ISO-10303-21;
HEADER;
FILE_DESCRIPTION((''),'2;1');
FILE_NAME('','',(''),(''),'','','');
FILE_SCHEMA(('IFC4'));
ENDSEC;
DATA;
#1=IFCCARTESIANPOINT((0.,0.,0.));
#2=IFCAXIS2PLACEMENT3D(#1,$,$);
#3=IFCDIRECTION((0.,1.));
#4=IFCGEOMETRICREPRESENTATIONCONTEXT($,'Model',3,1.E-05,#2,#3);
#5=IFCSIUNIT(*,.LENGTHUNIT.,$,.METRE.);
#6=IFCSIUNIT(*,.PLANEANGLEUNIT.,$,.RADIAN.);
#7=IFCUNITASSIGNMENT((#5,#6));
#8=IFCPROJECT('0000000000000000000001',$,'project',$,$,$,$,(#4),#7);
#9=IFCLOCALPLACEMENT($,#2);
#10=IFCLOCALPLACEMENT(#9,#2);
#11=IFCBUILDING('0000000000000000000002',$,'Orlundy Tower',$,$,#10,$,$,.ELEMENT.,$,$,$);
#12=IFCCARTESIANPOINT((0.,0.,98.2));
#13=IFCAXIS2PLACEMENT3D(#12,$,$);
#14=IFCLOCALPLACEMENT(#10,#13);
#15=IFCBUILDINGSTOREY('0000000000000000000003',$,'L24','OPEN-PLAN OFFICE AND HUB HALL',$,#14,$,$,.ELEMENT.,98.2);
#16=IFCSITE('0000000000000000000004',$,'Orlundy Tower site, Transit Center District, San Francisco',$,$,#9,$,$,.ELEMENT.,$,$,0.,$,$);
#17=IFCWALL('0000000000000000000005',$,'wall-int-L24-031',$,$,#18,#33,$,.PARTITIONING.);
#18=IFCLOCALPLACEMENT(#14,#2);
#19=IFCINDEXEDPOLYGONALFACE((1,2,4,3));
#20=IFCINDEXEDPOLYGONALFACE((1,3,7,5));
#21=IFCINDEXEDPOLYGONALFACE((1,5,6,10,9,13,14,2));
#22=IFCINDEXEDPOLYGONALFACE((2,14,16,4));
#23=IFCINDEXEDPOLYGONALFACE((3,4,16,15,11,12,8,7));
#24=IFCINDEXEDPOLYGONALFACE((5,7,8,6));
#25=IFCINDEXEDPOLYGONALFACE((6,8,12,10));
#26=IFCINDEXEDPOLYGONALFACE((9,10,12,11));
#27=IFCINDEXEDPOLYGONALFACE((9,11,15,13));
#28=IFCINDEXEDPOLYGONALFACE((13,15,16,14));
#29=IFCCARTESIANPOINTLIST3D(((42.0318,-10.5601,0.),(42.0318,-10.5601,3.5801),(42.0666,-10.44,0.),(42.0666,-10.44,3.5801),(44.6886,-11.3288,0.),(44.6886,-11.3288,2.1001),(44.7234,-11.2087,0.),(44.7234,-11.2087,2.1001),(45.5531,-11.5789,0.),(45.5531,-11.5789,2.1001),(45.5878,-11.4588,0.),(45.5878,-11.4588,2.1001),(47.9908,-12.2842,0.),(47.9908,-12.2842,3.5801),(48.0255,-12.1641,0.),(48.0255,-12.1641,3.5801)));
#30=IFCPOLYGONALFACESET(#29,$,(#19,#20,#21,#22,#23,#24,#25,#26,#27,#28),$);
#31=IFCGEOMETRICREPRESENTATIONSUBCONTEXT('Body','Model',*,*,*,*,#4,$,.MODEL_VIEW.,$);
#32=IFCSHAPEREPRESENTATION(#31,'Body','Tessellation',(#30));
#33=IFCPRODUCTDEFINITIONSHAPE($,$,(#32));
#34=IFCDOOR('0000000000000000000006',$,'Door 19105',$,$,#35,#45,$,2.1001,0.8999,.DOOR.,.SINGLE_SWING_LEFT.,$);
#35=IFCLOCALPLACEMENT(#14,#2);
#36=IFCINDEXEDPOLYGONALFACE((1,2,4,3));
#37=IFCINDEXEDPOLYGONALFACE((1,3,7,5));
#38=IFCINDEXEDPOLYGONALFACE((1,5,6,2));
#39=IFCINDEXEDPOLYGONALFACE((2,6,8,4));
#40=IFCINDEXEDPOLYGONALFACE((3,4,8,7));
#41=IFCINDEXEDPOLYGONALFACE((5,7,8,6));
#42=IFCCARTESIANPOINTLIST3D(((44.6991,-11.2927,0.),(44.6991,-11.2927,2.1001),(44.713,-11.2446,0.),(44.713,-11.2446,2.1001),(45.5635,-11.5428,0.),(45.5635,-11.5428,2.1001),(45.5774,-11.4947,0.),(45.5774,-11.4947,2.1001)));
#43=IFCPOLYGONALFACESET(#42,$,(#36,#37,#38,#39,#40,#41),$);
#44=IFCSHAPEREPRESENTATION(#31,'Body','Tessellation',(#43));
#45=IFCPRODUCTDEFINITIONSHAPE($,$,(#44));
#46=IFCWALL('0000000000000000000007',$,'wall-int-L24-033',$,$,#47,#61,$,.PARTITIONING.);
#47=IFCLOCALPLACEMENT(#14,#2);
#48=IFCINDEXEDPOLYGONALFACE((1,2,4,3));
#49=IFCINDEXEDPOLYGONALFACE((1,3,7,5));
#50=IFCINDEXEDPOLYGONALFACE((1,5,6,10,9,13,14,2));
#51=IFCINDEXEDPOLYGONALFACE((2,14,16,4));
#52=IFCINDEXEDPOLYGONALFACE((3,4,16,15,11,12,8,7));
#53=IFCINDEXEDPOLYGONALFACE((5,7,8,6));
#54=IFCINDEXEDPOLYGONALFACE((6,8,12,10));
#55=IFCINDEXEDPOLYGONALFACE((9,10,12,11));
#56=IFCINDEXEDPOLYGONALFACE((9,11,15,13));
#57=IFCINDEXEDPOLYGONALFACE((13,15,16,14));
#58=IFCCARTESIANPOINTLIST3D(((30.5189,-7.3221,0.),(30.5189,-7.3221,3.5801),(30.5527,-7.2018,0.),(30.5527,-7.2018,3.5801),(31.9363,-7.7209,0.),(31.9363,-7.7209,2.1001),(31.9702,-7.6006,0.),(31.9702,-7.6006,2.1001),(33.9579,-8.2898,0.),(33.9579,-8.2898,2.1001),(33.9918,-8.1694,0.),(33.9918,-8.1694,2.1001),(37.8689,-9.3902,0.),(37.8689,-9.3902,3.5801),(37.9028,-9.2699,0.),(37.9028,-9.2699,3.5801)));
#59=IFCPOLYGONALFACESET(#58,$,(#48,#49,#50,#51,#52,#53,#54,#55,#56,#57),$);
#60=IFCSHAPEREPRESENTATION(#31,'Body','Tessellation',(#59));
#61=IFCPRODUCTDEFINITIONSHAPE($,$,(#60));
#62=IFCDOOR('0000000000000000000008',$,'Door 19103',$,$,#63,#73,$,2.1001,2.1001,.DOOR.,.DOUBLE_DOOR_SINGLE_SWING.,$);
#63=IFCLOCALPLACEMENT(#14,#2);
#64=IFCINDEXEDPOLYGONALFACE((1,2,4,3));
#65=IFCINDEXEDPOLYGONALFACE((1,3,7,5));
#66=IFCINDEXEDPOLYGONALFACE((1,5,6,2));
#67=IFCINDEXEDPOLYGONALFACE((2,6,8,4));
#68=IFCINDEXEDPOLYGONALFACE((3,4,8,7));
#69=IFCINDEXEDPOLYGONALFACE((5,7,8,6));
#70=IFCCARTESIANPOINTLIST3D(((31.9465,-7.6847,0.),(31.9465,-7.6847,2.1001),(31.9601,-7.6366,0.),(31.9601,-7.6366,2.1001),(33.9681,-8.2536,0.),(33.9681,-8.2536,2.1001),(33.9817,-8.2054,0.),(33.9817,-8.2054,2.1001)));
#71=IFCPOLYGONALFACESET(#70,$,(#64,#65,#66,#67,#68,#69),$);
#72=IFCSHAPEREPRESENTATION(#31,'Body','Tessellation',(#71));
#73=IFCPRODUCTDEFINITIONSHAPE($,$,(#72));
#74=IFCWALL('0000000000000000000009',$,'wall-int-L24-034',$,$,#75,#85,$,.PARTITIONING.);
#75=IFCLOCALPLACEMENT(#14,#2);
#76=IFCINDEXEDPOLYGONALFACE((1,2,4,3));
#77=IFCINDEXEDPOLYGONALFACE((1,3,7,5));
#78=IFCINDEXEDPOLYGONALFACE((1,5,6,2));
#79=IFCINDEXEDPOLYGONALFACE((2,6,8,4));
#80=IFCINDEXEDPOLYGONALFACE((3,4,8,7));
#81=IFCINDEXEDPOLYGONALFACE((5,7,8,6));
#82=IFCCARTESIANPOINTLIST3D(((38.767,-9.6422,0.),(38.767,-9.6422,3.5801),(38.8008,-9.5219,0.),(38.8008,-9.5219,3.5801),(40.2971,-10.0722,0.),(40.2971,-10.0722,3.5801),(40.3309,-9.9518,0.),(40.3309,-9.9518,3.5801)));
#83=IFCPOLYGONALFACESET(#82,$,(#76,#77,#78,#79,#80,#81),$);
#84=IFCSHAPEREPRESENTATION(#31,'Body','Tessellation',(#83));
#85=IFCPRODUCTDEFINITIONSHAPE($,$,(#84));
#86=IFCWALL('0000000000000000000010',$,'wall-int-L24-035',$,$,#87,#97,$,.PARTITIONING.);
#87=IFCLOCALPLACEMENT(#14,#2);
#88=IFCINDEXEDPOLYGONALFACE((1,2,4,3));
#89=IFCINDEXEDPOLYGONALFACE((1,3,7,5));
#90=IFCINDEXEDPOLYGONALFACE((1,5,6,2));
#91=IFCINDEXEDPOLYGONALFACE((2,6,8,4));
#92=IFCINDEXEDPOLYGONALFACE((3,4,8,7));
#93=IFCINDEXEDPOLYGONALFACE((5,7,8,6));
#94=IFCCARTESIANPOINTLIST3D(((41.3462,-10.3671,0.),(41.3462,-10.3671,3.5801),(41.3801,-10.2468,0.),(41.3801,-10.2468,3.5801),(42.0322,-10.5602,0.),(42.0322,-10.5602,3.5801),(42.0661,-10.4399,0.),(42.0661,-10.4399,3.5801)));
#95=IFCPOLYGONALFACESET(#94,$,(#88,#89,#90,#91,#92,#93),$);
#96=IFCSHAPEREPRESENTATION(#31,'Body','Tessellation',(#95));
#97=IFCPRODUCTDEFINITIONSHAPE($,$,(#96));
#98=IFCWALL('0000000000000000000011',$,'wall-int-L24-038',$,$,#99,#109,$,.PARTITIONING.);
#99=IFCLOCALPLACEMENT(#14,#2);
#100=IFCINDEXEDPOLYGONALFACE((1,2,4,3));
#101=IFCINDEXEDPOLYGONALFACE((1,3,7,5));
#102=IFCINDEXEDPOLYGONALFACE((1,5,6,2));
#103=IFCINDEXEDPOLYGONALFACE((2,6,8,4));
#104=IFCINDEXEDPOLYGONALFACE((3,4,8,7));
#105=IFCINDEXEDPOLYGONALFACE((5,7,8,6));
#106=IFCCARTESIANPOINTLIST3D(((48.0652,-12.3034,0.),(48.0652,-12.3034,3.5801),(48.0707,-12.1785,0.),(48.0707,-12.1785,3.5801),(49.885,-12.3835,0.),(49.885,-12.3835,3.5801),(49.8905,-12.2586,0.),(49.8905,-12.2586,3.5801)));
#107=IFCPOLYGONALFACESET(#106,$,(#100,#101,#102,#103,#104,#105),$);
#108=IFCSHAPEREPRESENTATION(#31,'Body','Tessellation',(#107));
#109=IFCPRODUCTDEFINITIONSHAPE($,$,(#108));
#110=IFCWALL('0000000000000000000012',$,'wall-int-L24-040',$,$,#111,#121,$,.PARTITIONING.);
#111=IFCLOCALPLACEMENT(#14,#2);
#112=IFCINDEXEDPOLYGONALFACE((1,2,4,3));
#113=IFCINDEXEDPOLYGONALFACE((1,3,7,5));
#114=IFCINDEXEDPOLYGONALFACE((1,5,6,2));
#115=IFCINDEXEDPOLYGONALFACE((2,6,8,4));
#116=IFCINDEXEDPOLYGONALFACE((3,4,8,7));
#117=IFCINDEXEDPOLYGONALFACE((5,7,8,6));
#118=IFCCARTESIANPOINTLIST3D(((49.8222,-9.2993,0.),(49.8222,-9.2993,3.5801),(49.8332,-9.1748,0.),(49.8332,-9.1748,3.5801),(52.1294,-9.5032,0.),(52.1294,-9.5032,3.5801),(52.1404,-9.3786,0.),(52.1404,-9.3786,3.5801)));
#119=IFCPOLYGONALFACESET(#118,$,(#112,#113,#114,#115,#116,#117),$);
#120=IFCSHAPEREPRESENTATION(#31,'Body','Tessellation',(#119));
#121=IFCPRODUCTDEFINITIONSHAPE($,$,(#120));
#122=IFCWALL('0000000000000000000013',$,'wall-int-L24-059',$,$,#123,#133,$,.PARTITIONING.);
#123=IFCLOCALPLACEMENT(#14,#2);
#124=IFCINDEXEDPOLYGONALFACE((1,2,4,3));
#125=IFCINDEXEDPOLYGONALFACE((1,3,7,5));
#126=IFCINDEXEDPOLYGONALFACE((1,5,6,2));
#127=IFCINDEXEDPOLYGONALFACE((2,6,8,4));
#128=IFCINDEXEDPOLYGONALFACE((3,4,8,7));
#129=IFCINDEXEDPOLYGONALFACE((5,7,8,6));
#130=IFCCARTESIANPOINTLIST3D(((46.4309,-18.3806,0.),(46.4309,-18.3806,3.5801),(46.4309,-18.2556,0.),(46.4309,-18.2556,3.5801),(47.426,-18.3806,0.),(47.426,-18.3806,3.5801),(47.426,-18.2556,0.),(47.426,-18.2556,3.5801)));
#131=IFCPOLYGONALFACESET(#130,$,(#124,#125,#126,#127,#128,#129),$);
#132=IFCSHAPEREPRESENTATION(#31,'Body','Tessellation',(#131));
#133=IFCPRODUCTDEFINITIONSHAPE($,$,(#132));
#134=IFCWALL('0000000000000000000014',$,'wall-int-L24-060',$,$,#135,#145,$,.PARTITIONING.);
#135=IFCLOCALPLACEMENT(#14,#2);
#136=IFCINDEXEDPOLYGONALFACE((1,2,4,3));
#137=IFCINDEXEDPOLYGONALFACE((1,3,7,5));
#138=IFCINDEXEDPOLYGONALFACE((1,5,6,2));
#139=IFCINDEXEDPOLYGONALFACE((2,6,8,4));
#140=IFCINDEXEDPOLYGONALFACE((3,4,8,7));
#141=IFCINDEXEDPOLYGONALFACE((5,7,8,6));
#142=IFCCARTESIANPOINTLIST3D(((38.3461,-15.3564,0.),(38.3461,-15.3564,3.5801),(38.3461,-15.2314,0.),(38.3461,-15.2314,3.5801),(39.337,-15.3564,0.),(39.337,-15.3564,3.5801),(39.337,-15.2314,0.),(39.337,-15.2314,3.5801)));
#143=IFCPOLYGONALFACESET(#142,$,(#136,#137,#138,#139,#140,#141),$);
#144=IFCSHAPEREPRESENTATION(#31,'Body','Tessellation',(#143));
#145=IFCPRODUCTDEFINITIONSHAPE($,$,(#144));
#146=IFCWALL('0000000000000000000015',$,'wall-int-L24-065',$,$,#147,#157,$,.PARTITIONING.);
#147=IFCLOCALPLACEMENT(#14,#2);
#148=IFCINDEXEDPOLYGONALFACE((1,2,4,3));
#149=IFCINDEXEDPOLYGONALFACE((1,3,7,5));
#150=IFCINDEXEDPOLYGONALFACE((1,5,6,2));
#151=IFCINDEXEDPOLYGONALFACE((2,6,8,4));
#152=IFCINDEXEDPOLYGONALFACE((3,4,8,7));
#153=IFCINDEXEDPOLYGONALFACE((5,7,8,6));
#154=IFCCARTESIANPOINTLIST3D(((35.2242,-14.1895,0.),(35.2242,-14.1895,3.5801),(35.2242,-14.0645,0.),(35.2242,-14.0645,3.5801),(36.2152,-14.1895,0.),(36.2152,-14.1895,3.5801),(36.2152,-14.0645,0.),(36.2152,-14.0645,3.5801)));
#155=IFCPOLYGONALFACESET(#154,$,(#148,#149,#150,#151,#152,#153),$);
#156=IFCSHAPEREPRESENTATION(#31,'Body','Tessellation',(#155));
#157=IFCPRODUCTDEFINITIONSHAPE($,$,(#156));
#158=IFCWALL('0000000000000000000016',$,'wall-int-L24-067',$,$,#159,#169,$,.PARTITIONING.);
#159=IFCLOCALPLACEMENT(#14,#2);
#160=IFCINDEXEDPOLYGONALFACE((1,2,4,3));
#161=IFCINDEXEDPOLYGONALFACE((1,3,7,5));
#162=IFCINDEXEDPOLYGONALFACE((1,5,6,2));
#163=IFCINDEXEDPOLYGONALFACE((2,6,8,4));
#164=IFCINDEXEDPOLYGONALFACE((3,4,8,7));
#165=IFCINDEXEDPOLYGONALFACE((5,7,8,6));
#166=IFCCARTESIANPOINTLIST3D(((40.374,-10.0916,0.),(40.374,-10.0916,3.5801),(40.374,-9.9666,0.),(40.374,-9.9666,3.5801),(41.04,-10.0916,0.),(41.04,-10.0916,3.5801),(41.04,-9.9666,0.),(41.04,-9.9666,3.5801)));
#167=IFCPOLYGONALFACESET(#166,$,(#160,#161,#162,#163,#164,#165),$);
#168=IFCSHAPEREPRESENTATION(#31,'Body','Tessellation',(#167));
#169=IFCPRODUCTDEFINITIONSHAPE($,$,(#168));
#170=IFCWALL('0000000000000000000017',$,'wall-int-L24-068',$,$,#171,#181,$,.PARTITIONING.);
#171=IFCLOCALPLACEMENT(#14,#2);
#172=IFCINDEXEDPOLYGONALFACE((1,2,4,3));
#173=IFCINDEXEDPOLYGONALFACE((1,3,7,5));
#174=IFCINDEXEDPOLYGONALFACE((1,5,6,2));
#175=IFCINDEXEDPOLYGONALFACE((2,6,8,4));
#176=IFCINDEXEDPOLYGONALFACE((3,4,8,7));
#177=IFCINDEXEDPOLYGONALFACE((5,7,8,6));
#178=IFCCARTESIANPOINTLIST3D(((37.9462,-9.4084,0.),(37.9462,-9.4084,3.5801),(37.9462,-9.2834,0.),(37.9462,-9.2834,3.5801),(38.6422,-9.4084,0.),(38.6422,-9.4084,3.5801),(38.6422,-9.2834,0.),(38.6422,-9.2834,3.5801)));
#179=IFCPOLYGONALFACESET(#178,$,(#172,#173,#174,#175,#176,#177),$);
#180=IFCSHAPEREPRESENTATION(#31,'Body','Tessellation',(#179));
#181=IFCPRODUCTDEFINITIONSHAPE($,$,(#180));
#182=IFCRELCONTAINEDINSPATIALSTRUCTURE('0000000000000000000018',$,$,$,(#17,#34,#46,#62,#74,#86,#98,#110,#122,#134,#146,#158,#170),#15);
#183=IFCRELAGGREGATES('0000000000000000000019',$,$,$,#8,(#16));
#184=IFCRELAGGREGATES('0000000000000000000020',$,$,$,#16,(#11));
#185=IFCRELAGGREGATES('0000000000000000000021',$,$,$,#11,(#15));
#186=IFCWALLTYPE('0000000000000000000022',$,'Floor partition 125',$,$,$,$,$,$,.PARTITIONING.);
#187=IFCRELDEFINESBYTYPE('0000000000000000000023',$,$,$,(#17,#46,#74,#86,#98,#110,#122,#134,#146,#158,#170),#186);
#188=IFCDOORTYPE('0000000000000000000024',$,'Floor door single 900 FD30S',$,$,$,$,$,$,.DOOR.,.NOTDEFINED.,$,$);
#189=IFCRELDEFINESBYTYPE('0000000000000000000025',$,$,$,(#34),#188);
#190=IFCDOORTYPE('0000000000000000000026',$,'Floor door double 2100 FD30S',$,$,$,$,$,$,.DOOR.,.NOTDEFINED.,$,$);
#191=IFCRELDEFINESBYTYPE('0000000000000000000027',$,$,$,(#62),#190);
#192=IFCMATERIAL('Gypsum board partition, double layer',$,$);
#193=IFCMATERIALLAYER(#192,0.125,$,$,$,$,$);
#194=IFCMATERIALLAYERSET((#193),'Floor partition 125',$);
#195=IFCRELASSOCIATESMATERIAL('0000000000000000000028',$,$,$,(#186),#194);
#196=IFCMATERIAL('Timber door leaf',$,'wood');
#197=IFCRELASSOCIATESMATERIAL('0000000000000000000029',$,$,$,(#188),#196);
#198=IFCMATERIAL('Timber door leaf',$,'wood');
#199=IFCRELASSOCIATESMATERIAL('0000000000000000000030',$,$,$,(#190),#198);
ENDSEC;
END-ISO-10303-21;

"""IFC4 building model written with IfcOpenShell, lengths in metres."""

from ifc_helpers import new_model, si_unit, direction, frame, frame_2d, origin, place, context, subcontext, project, spatial, rectangle, extrude, material, layer, layer_set, type_object, element, fill, save


model = new_model("IFC4")

# Units and contexts
model_context = context("Model", 3, precision=1e-05, world=origin(), true_north=direction((0.0, 1.0)))
body_context = subcontext(model_context, "Body", "Model", "MODEL_VIEW")
ifc_project = project(units=[si_unit("LENGTHUNIT", "METRE"), si_unit("PLANEANGLEUNIT", "RADIAN")], contexts=[model_context])

# Site, building, storey
site_placement = place(None, origin())
site = spatial("IfcSite", under=ifc_project, at=site_placement, Name="Orlundy Tower site, Transit Center District, San Francisco", CompositionType="ELEMENT", RefElevation=0.0)
building_placement = place(site_placement, origin())
building = spatial("IfcBuilding", under=site, at=building_placement, Name="Orlundy Tower", CompositionType="ELEMENT")
storey_placement = place(building_placement, frame((0.0, 0.0, 98.2)))
storey = spatial("IfcBuildingStorey", under=building, at=storey_placement, Name="L24", Description="OPEN-PLAN OFFICE AND HUB HALL", CompositionType="ELEMENT", Elevation=98.2)

# Shared definitions
ifc_material_1 = material(Name="Gypsum board partition, double layer")
ifc_layer_1 = layer(ifc_material_1, 0.125)
ifc_layer_set_1 = layer_set([ifc_layer_1], Name="Floor partition 125")
wall_type = type_object("IfcWallType", Name="Floor partition 125", PredefinedType="PARTITIONING", material=ifc_layer_set_1)

# Walls, openings, doors
ifc_material_2 = material(Name="Timber door leaf", Category="wood")
door_type_1 = type_object("IfcDoorType", Name="Floor door single 900 FD30S", OperationType="NOTDEFINED", PredefinedType="DOOR", material=ifc_material_2)
wall_1_placement = place(storey_placement, frame((48.0081, -12.2241, 0.0), z_axis=(0.0, 0.0, 1.0), x_axis=(-0.960601, 0.277932, 0.0)))
wall_1 = element("IfcWall", 1, at=wall_1_placement, inside=storey, type_object=wall_type, Name="wall-int-L24-031", PredefinedType="PARTITIONING", context=body_context, shape_type="SweptSolid", body=[
    extrude(rectangle(XDim=6.2034, YDim=0.125, at=frame_2d((3.1016, 0.0))), origin(), (0.0, 0.0, 1.0), 3.5801),
])
opening_1_placement = place(wall_1_placement, frame((2.5376, 0.0, 0.0)))
opening_1 = element("IfcOpeningElement", 2, at=opening_1_placement, cuts=wall_1, PredefinedType="OPENING", context=body_context, shape_type="SweptSolid", body=[
    extrude(rectangle(XDim=0.8999, YDim=2.1001, at=frame_2d((0.45, 1.05))), frame((0.0, 0.0725, 0.0), z_axis=(0.0, -1.0, 0.0), x_axis=(1.0, 0.0, 0.0)), (0.0, 0.0, 1.0), 0.145),
])
door_1_placement = place(opening_1_placement, origin())
door_1 = element("IfcDoor", 3, at=door_1_placement, inside=storey, type_object=door_type_1, Name="Door 19105", OperationType="SINGLE_SWING_LEFT", OverallHeight=2.1001, OverallWidth=0.8999, PredefinedType="DOOR", context=body_context, shape_type="SweptSolid", body=[
    extrude(rectangle(XDim=0.8999, YDim=2.1001, at=frame_2d((0.45, 1.05))), frame((0.0, 0.0249, 0.0), z_axis=(0.0, -1.0, 0.0), x_axis=(1.0, 0.0, 0.0)), (0.0, 0.0, 1.0), 0.05),
])
fill(opening_1, door_1)
wall_2_placement = place(storey_placement, frame((37.886, -9.3301, 0.0), z_axis=(0.0, 0.0, 1.0), x_axis=(-0.96262, 0.270855, 0.0)))
wall_2 = element("IfcWall", 4, at=wall_2_placement, inside=storey, type_object=wall_type, Name="wall-int-L24-033", PredefinedType="PARTITIONING", context=body_context, shape_type="SweptSolid", body=[
    extrude(rectangle(XDim=7.6355, YDim=0.125, at=frame_2d((3.8179, 0.0))), origin(), (0.0, 0.0, 1.0), 3.5801),
])
opening_2_placement = place(wall_2_placement, frame((4.063, 0.0, 0.0)))
opening_2 = element("IfcOpeningElement", 5, at=opening_2_placement, cuts=wall_2, PredefinedType="OPENING", context=body_context, shape_type="SweptSolid", body=[
    extrude(rectangle(XDim=2.1001, YDim=2.1001, at=frame_2d((1.05, 1.05))), frame((0.0, 0.0725, 0.0), z_axis=(0.0, -1.0, 0.0), x_axis=(1.0, 0.0, 0.0)), (0.0, 0.0, 1.0), 0.145),
])
ifc_material_3 = material(Name="Timber door leaf", Category="wood")
door_type_2 = type_object("IfcDoorType", Name="Floor door double 2100 FD30S", OperationType="NOTDEFINED", PredefinedType="DOOR", material=ifc_material_3)
door_2_placement = place(opening_2_placement, origin())
door_2 = element("IfcDoor", 6, at=door_2_placement, inside=storey, type_object=door_type_2, Name="Door 19103", OperationType="DOUBLE_DOOR_SINGLE_SWING", OverallHeight=2.1001, OverallWidth=2.1001, PredefinedType="DOOR", context=body_context, shape_type="SweptSolid", body=[
    extrude(rectangle(XDim=2.1001, YDim=2.1001, at=frame_2d((1.05, 1.05))), frame((0.0, 0.0249, 0.0), z_axis=(0.0, -1.0, 0.0), x_axis=(1.0, 0.0, 0.0)), (0.0, 0.0, 1.0), 0.05),
])
fill(opening_2, door_2)

# Walls
wall_3_placement = place(storey_placement, frame((38.7839, -9.582, 0.0), z_axis=(0.0, 0.0, 1.0), x_axis=(0.962715, -0.270519, 0.0)))
element("IfcWall", 7, at=wall_3_placement, inside=storey, type_object=wall_type, Name="wall-int-L24-034", PredefinedType="PARTITIONING", context=body_context, shape_type="SweptSolid", body=[
    extrude(rectangle(XDim=1.5894, YDim=0.125, at=frame_2d((0.7947, 0.0))), origin(), (0.0, 0.0, 1.0), 3.5801),
])
wall_4_placement = place(storey_placement, frame((41.363, -10.3069, 0.0), z_axis=(0.0, 0.0, 1.0), x_axis=(0.96259, -0.270964, 0.0)))
element("IfcWall", 8, at=wall_4_placement, inside=storey, type_object=wall_type, Name="wall-int-L24-035", PredefinedType="PARTITIONING", context=body_context, shape_type="SweptSolid", body=[
    extrude(rectangle(XDim=0.7126, YDim=0.125, at=frame_2d((0.3564, 0.0))), origin(), (0.0, 0.0, 1.0), 3.5801),
])
wall_5_placement = place(storey_placement, frame((48.0681, -12.241, 0.0), z_axis=(0.0, 0.0, 1.0), x_axis=(0.999033, -0.043961, 0.0)))
element("IfcWall", 9, at=wall_5_placement, inside=storey, type_object=wall_type, Name="wall-int-L24-038", PredefinedType="PARTITIONING", context=body_context, shape_type="SweptSolid", body=[
    extrude(rectangle(XDim=1.8215, YDim=0.125, at=frame_2d((0.9106, 0.0))), origin(), (0.0, 0.0, 1.0), 3.5801),
])
wall_6_placement = place(storey_placement, frame((52.135, -9.4409, 0.0), z_axis=(0.0, 0.0, 1.0), x_axis=(-0.996119, 0.088017, 0.0)))
element("IfcWall", 10, at=wall_6_placement, inside=storey, type_object=wall_type, Name="wall-int-L24-040", PredefinedType="PARTITIONING", context=body_context, shape_type="SweptSolid", body=[
    extrude(rectangle(XDim=2.3162, YDim=0.125, at=frame_2d((1.1582, 0.0))), origin(), (0.0, 0.0, 1.0), 3.5801),
])
wall_7_placement = place(storey_placement, frame((46.4309, -18.3181, 0.0), z_axis=(0.0, 0.0, 1.0), x_axis=(1.0, 0.0, 0.0)))
element("IfcWall", 11, at=wall_7_placement, inside=storey, type_object=wall_type, Name="wall-int-L24-059", PredefinedType="PARTITIONING", context=body_context, shape_type="SweptSolid", body=[
    extrude(rectangle(XDim=0.9951, YDim=0.125, at=frame_2d((0.4976, 0.0))), origin(), (0.0, 0.0, 1.0), 3.5801),
])
for number, where, z_axis, x_axis, name in (
    (12, (38.3459, -15.2939, 0.0), (0.0, 0.0, 1.0), (1.0, 0.0, 0.0), "wall-int-L24-060"),
    (13, (35.2241, -14.127, 0.0), (0.0, 0.0, 1.0), (1.0, 0.0, 0.0), "wall-int-L24-065"),
):
    element("IfcWall", number, at=place(storey_placement, frame(where, z_axis=z_axis, x_axis=x_axis)), inside=storey, type_object=wall_type, Name=name, PredefinedType="PARTITIONING", context=body_context, shape_type="SweptSolid", body=[
        extrude(rectangle(XDim=0.991, YDim=0.125, at=frame_2d((0.4956, 0.0))), origin(), (0.0, 0.0, 1.0), 3.5801),
    ])
wall_8_placement = place(storey_placement, frame((40.374, -10.0291, 0.0), z_axis=(0.0, 0.0, 1.0), x_axis=(1.0, 0.0, 0.0)))
element("IfcWall", 14, at=wall_8_placement, inside=storey, type_object=wall_type, Name="wall-int-L24-067", PredefinedType="PARTITIONING", context=body_context, shape_type="SweptSolid", body=[
    extrude(rectangle(XDim=0.666, YDim=0.125, at=frame_2d((0.333, 0.0))), origin(), (0.0, 0.0, 1.0), 3.5801),
])
wall_9_placement = place(storey_placement, frame((37.946, -9.3459, 0.0), z_axis=(0.0, 0.0, 1.0), x_axis=(1.0, 0.0, 0.0)))
element("IfcWall", 15, at=wall_9_placement, inside=storey, type_object=wall_type, Name="wall-int-L24-068", PredefinedType="PARTITIONING", context=body_context, shape_type="SweptSolid", body=[
    extrude(rectangle(XDim=0.696, YDim=0.125, at=frame_2d((0.3481, 0.0))), origin(), (0.0, 0.0, 1.0), 3.5801),
])

save(model, "model.ifc")
